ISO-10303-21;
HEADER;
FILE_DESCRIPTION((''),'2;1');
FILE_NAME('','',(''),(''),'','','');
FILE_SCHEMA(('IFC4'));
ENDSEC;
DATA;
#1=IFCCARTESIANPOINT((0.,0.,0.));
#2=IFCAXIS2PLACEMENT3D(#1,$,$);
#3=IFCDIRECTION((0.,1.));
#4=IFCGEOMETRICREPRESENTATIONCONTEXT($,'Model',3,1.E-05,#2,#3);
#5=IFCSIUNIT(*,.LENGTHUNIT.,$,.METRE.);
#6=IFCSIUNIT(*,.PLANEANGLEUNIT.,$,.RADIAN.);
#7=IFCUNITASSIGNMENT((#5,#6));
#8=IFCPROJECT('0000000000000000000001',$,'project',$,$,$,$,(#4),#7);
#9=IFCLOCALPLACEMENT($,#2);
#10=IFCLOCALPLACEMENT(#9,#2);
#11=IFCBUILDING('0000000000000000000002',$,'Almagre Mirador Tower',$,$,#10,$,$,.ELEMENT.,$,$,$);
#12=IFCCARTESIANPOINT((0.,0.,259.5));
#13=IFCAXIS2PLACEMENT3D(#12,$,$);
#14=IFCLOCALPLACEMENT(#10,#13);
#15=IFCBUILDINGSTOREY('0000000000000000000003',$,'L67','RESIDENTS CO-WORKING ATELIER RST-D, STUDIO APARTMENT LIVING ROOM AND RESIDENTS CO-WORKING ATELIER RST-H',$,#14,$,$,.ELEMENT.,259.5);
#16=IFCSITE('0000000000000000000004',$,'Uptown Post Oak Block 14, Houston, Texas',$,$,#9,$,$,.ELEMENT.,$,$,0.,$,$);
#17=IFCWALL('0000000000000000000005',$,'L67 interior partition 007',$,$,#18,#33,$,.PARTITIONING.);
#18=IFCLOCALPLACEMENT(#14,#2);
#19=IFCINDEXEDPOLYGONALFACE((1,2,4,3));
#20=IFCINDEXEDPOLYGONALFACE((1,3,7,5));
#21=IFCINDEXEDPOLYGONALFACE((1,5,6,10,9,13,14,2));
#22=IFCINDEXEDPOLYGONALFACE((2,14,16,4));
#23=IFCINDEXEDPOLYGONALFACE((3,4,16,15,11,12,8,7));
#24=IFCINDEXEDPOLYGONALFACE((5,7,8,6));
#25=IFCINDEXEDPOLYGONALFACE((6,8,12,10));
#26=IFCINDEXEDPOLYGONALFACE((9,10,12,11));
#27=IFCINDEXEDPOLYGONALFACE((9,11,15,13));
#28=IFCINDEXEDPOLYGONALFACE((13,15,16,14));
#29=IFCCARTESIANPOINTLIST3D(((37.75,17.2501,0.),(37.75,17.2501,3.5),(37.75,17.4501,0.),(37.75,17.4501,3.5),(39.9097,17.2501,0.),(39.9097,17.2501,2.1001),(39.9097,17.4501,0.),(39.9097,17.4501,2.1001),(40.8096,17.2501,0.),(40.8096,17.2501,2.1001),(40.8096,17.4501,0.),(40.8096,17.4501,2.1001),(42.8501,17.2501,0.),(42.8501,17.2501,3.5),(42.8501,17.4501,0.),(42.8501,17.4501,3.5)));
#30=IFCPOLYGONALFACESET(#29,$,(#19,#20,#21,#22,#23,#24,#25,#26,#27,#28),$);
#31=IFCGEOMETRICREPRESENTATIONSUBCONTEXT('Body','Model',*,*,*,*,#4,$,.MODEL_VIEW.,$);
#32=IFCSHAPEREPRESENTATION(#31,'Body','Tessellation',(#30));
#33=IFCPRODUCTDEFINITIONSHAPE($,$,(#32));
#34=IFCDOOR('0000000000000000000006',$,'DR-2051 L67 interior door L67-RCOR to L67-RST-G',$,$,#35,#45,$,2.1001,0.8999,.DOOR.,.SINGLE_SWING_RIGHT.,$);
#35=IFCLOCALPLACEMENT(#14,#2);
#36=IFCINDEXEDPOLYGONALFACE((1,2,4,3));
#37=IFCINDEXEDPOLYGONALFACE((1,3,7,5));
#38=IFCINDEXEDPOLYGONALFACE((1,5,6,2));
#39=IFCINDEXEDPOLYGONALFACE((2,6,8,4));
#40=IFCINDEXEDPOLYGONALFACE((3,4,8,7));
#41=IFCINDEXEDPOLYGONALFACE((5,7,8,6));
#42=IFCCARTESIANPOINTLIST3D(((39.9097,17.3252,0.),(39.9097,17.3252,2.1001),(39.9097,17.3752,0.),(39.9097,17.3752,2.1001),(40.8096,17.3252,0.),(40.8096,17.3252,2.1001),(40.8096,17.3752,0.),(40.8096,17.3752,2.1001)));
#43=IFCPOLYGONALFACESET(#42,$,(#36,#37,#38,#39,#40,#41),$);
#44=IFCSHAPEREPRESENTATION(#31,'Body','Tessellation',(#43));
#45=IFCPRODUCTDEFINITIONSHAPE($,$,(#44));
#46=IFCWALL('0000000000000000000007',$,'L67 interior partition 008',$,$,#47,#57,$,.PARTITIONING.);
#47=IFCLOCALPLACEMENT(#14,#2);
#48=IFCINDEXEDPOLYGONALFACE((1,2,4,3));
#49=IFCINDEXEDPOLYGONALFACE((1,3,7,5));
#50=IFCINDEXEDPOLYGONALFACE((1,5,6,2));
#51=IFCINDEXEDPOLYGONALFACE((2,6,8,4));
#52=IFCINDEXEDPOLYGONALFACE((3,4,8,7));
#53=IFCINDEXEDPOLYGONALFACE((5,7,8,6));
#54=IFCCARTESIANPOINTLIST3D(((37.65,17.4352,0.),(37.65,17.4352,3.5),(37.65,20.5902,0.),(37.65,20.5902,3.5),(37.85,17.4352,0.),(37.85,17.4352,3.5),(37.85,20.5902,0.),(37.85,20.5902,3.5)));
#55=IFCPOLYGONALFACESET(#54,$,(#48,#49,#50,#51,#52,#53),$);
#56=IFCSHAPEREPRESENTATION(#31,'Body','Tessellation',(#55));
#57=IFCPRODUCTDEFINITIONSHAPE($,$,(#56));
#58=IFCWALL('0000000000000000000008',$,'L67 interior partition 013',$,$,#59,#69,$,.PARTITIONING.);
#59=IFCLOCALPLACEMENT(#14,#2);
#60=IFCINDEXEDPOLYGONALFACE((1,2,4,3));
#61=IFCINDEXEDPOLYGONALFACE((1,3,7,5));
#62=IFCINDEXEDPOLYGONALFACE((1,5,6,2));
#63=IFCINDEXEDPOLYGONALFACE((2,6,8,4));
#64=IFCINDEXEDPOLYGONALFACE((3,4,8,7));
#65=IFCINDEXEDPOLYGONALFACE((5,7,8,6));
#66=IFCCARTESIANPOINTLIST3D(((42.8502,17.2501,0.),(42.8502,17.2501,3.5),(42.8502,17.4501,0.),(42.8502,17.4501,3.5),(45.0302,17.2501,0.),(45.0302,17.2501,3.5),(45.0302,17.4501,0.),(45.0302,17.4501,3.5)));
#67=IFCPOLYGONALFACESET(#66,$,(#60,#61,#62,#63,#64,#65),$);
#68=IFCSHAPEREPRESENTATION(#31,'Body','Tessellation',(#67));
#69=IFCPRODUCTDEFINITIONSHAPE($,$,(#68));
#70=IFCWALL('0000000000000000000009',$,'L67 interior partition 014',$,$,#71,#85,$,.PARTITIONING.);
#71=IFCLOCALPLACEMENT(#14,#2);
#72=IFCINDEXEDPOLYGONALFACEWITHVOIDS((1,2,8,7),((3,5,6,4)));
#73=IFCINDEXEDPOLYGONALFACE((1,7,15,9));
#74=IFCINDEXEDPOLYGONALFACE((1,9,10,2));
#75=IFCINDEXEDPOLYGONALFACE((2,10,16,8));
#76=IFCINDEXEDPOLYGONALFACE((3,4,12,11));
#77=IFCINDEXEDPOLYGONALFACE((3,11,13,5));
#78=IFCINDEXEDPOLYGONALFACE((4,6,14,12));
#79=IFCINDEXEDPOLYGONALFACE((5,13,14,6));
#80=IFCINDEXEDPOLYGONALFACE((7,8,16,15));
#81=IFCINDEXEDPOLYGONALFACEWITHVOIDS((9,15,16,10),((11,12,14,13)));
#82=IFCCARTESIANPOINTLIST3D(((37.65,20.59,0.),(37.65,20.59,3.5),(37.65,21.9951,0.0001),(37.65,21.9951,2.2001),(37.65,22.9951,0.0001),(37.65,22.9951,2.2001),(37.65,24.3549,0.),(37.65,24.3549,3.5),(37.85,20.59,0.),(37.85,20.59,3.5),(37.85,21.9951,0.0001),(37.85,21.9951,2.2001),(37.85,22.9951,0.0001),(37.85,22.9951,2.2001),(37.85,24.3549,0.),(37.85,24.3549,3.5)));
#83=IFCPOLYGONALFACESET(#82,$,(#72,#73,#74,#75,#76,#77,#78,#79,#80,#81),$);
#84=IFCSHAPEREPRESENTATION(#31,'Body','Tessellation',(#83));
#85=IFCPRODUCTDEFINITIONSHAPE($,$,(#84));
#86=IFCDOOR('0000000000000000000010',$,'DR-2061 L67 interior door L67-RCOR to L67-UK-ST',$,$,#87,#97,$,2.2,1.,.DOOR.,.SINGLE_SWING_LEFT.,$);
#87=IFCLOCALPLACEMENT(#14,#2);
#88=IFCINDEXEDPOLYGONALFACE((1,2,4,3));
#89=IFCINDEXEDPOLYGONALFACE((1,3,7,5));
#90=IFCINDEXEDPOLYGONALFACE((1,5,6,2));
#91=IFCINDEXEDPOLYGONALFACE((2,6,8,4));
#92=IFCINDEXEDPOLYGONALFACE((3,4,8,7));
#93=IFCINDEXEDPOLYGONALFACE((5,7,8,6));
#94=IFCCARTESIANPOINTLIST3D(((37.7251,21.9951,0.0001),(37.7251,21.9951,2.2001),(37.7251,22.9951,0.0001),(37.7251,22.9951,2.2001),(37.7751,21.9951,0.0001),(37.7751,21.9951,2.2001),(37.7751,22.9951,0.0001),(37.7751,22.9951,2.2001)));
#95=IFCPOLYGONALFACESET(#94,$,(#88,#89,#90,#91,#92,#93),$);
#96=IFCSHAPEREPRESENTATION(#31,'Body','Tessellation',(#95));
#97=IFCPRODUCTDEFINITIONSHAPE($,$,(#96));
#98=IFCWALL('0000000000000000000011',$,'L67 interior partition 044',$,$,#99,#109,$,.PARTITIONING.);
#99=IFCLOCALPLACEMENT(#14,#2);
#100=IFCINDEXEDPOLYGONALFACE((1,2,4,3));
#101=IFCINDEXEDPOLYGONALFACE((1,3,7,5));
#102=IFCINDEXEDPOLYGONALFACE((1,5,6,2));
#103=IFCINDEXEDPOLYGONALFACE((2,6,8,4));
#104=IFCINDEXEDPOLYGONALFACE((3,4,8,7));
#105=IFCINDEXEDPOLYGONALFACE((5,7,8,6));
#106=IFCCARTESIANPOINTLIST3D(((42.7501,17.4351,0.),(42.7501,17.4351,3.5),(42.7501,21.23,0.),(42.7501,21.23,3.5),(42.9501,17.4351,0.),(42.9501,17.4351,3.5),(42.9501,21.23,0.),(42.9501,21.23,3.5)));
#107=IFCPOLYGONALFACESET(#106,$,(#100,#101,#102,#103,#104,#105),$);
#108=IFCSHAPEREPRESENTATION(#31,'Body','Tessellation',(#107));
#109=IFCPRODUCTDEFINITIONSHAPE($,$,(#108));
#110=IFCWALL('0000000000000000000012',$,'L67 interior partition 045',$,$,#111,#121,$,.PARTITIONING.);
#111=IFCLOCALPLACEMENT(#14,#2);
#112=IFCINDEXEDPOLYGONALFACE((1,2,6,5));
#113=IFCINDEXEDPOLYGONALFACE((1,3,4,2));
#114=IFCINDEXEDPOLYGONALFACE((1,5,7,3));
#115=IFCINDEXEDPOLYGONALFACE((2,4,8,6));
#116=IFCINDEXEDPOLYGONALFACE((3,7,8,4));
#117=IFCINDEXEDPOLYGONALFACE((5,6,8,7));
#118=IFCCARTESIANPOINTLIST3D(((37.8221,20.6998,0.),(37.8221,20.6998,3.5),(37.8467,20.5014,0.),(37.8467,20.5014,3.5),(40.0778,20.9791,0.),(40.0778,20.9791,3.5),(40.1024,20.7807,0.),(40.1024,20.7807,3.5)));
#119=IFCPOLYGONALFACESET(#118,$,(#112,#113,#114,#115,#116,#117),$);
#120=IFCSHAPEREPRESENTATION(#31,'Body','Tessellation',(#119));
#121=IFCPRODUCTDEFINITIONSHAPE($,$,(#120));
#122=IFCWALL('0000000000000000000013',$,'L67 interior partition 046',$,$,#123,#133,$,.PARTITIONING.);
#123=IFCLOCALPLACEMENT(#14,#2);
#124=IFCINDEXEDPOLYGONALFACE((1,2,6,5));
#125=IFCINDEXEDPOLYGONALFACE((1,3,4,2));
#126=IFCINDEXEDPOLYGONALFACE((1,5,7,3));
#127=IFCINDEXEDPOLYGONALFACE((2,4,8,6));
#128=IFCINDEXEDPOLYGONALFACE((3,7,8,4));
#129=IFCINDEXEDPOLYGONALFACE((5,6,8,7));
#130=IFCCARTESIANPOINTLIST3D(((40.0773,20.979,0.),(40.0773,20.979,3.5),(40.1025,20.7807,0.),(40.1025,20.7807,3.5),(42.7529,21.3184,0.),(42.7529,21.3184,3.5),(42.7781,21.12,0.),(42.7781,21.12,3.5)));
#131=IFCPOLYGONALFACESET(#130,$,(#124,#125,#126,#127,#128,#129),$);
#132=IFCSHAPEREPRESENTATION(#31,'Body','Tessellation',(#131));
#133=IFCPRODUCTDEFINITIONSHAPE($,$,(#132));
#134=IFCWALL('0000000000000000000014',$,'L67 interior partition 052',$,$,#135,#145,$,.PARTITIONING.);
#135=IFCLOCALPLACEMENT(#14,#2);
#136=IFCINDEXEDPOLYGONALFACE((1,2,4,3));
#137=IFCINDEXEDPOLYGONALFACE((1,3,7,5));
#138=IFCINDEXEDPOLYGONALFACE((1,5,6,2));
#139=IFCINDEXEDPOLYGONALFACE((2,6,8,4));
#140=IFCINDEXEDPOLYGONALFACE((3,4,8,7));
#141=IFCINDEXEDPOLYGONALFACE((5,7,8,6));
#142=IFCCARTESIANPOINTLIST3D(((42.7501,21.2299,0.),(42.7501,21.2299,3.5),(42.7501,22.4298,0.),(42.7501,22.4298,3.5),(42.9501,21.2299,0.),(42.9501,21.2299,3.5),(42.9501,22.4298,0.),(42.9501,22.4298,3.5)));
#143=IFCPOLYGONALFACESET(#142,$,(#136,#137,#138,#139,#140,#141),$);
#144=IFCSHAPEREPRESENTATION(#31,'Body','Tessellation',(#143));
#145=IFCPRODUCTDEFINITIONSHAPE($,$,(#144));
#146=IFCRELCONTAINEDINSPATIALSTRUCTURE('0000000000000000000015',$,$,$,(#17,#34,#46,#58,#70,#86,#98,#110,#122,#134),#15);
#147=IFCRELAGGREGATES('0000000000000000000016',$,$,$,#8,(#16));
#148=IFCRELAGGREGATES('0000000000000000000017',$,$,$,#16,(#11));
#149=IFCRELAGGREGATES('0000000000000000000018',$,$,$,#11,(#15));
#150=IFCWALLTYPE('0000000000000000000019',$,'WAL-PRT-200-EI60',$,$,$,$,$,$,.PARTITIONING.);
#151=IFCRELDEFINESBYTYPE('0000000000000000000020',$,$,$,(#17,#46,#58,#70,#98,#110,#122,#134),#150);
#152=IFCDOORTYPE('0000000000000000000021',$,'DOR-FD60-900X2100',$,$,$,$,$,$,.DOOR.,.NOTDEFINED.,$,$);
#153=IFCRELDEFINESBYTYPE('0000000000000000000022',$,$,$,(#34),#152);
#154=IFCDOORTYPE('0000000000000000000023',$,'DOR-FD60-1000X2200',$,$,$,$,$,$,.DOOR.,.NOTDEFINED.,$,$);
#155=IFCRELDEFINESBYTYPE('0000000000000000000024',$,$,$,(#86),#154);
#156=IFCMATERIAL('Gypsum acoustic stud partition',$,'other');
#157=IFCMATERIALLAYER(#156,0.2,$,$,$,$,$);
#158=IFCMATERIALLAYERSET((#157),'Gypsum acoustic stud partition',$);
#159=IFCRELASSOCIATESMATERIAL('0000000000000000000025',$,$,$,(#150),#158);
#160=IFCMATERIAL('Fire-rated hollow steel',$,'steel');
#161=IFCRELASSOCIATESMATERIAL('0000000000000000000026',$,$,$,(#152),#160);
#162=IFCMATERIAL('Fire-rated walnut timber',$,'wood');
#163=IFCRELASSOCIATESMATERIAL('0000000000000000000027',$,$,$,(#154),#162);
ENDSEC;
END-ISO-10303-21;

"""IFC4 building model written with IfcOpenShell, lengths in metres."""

from ifc_helpers import new_model, si_unit, direction, frame, frame_2d, origin, place, context, subcontext, project, spatial, rectangle, extrude, material, layer, layer_set, type_object, element, fill, save


model = new_model("IFC4")

# Units and contexts
model_context = context("Model", 3, precision=1e-05, world=origin(), true_north=direction((0.0, 1.0)))
body_context = subcontext(model_context, "Body", "Model", "MODEL_VIEW")
ifc_project = project(units=[si_unit("LENGTHUNIT", "METRE"), si_unit("PLANEANGLEUNIT", "RADIAN")], contexts=[model_context])

# Site, building, storey
site_placement = place(None, origin())
site = spatial("IfcSite", under=ifc_project, at=site_placement, Name="Uptown Post Oak Block 14, Houston, Texas", CompositionType="ELEMENT", RefElevation=0.0)
building_placement = place(site_placement, origin())
building = spatial("IfcBuilding", under=site, at=building_placement, Name="Almagre Mirador Tower", CompositionType="ELEMENT")
storey_placement = place(building_placement, frame((0.0, 0.0, 259.5)))
storey = spatial("IfcBuildingStorey", under=building, at=storey_placement, Name="L67", Description="RESIDENTS CO-WORKING ATELIER RST-D, STUDIO APARTMENT LIVING ROOM AND RESIDENTS CO-WORKING ATELIER RST-H", CompositionType="ELEMENT", Elevation=259.5)

# Wall, opening, door
ifc_material_1 = material(Name="Gypsum acoustic stud partition", Category="other")
ifc_layer_1 = layer(ifc_material_1, 0.2)
ifc_layer_set_1 = layer_set([ifc_layer_1], Name="Gypsum acoustic stud partition")
wall_type_1 = type_object("IfcWallType", Name="WAL-PRT-200-EI60", PredefinedType="PARTITIONING", material=ifc_layer_set_1)
wall_1_placement = place(storey_placement, frame((42.8501, 17.3501, 0.0), z_axis=(0.0, 0.0, 1.0), x_axis=(-1.0, 0.0, 0.0)))
wall_1 = element("IfcWall", 1, at=wall_1_placement, inside=storey, type_object=wall_type_1, Name="L67 interior partition 007", PredefinedType="PARTITIONING", context=body_context, shape_type="SweptSolid", body=[
    extrude(rectangle(XDim=5.1001, YDim=0.2, at=frame_2d((2.55, 0.0))), origin(), (0.0, 0.0, 1.0), 3.5),
])
opening_1_placement = place(wall_1_placement, frame((2.0405, 0.0, 0.0)))
opening_1 = element("IfcOpeningElement", 2, at=opening_1_placement, cuts=wall_1, PredefinedType="OPENING", context=body_context, shape_type="SweptSolid", body=[
    extrude(rectangle(XDim=0.8999, YDim=2.1001, at=frame_2d((0.45, 1.05))), frame((0.0, 0.1101, 0.0), z_axis=(0.0, -1.0, 0.0), x_axis=(1.0, 0.0, 0.0)), (0.0, 0.0, 1.0), 0.22),
])
ifc_material_2 = material(Name="Fire-rated hollow steel", Category="steel")
door_type_1 = type_object("IfcDoorType", Name="DOR-FD60-900X2100", OperationType="NOTDEFINED", PredefinedType="DOOR", material=ifc_material_2)
door_1_placement = place(opening_1_placement, origin())
door_1 = element("IfcDoor", 3, at=door_1_placement, inside=storey, type_object=door_type_1, Name="DR-2051 L67 interior door L67-RCOR to L67-RST-G", OperationType="SINGLE_SWING_RIGHT", OverallHeight=2.1001, OverallWidth=0.8999, PredefinedType="DOOR", context=body_context, shape_type="SweptSolid", body=[
    extrude(rectangle(XDim=0.8999, YDim=2.1001, at=frame_2d((0.45, 1.05))), frame((0.0, 0.0249, 0.0), z_axis=(0.0, -1.0, 0.0), x_axis=(1.0, 0.0, 0.0)), (0.0, 0.0, 1.0), 0.05),
])
fill(opening_1, door_1)

# Walls
wall_2_placement = place(storey_placement, frame((37.75, 17.4351, 0.0), z_axis=(0.0, 0.0, 1.0), x_axis=(0.0, 1.0, 0.0)))
element("IfcWall", 4, at=wall_2_placement, inside=storey, type_object=wall_type_1, Name="L67 interior partition 008", PredefinedType="PARTITIONING", context=body_context, shape_type="SweptSolid", body=[
    extrude(rectangle(XDim=3.155, YDim=0.2, at=frame_2d((1.5776, 0.0))), origin(), (0.0, 0.0, 1.0), 3.5),
])
wall_3_placement = place(storey_placement, frame((45.03, 17.3501, 0.0), z_axis=(0.0, 0.0, 1.0), x_axis=(-1.0, 0.0, 0.0)))
element("IfcWall", 5, at=wall_3_placement, inside=storey, type_object=wall_type_1, Name="L67 interior partition 013", PredefinedType="PARTITIONING", context=body_context, shape_type="SweptSolid", body=[
    extrude(rectangle(XDim=2.1799, YDim=0.2, at=frame_2d((1.0898, 0.0))), origin(), (0.0, 0.0, 1.0), 3.5),
])

# Wall, opening, door
wall_4_placement = place(storey_placement, frame((37.75, 20.5901, 0.0), z_axis=(0.0, 0.0, 1.0), x_axis=(0.0, 1.0, 0.0)))
wall_4 = element("IfcWall", 6, at=wall_4_placement, inside=storey, type_object=wall_type_1, Name="L67 interior partition 014", PredefinedType="PARTITIONING", context=body_context, shape_type="SweptSolid", body=[
    extrude(rectangle(XDim=3.7649, YDim=0.2, at=frame_2d((1.8823, 0.0))), origin(), (0.0, 0.0, 1.0), 3.5),
])
opening_2_placement = place(wall_4_placement, frame((1.405, 0.0, 0.0)))
opening_2 = element("IfcOpeningElement", 7, at=opening_2_placement, cuts=wall_4, PredefinedType="OPENING", context=body_context, shape_type="SweptSolid", body=[
    extrude(rectangle(XDim=1.0, YDim=2.2, at=frame_2d((0.5, 1.1001))), frame((0.0, 0.1101, 0.0), z_axis=(0.0, -1.0, 0.0), x_axis=(1.0, 0.0, 0.0)), (0.0, 0.0, 1.0), 0.22),
])
ifc_material_3 = material(Name="Fire-rated walnut timber", Category="wood")
door_type_2 = type_object("IfcDoorType", Name="DOR-FD60-1000X2200", OperationType="NOTDEFINED", PredefinedType="DOOR", material=ifc_material_3)
door_2_placement = place(opening_2_placement, origin())
door_2 = element("IfcDoor", 8, at=door_2_placement, inside=storey, type_object=door_type_2, Name="DR-2061 L67 interior door L67-RCOR to L67-UK-ST", OperationType="SINGLE_SWING_LEFT", OverallHeight=2.2, OverallWidth=1.0, PredefinedType="DOOR", context=body_context, shape_type="SweptSolid", body=[
    extrude(rectangle(XDim=1.0, YDim=2.2, at=frame_2d((0.5, 1.1001))), frame((0.0, 0.0249, 0.0), z_axis=(0.0, -1.0, 0.0), x_axis=(1.0, 0.0, 0.0)), (0.0, 0.0, 1.0), 0.05),
])
fill(opening_2, door_2)

# Walls
wall_5_placement = place(storey_placement, frame((42.8501, 17.4351, 0.0), z_axis=(0.0, 0.0, 1.0), x_axis=(0.0, 1.0, 0.0)))
element("IfcWall", 9, at=wall_5_placement, inside=storey, type_object=wall_type_1, Name="L67 interior partition 044", PredefinedType="PARTITIONING", context=body_context, shape_type="SweptSolid", body=[
    extrude(rectangle(XDim=3.7949, YDim=0.2, at=frame_2d((1.8975, 0.0))), origin(), (0.0, 0.0, 1.0), 3.5),
])
wall_6_placement = place(storey_placement, frame((40.0901, 20.8799, 0.0), z_axis=(0.0, 0.0, 1.0), x_axis=(-0.992421, -0.122884, 0.0)))
element("IfcWall", 10, at=wall_6_placement, inside=storey, type_object=wall_type_1, Name="L67 interior partition 045", PredefinedType="PARTITIONING", context=body_context, shape_type="SweptSolid", body=[
    extrude(rectangle(XDim=2.2729, YDim=0.2, at=frame_2d((1.1365, 0.0))), origin(), (0.0, 0.0, 1.0), 3.5),
])
wall_7_placement = place(storey_placement, frame((42.7656, 21.2192, 0.0), z_axis=(0.0, 0.0, 1.0), x_axis=(-0.992052, -0.125828, 0.0)))
element("IfcWall", 11, at=wall_7_placement, inside=storey, type_object=wall_type_1, Name="L67 interior partition 046", PredefinedType="PARTITIONING", context=body_context, shape_type="SweptSolid", body=[
    extrude(rectangle(XDim=2.697, YDim=0.2, at=frame_2d((1.3486, 0.0))), origin(), (0.0, 0.0, 1.0), 3.5),
])
wall_8_placement = place(storey_placement, frame((42.8501, 22.4299, 0.0), z_axis=(0.0, 0.0, 1.0), x_axis=(0.0, -1.0, 0.0)))
element("IfcWall", 12, at=wall_8_placement, inside=storey, type_object=wall_type_1, Name="L67 interior partition 052", PredefinedType="PARTITIONING", context=body_context, shape_type="SweptSolid", body=[
    extrude(rectangle(XDim=1.2, YDim=0.2, at=frame_2d((0.6001, 0.0))), origin(), (0.0, 0.0, 1.0), 3.5),
])

save(model, "model.ifc")
